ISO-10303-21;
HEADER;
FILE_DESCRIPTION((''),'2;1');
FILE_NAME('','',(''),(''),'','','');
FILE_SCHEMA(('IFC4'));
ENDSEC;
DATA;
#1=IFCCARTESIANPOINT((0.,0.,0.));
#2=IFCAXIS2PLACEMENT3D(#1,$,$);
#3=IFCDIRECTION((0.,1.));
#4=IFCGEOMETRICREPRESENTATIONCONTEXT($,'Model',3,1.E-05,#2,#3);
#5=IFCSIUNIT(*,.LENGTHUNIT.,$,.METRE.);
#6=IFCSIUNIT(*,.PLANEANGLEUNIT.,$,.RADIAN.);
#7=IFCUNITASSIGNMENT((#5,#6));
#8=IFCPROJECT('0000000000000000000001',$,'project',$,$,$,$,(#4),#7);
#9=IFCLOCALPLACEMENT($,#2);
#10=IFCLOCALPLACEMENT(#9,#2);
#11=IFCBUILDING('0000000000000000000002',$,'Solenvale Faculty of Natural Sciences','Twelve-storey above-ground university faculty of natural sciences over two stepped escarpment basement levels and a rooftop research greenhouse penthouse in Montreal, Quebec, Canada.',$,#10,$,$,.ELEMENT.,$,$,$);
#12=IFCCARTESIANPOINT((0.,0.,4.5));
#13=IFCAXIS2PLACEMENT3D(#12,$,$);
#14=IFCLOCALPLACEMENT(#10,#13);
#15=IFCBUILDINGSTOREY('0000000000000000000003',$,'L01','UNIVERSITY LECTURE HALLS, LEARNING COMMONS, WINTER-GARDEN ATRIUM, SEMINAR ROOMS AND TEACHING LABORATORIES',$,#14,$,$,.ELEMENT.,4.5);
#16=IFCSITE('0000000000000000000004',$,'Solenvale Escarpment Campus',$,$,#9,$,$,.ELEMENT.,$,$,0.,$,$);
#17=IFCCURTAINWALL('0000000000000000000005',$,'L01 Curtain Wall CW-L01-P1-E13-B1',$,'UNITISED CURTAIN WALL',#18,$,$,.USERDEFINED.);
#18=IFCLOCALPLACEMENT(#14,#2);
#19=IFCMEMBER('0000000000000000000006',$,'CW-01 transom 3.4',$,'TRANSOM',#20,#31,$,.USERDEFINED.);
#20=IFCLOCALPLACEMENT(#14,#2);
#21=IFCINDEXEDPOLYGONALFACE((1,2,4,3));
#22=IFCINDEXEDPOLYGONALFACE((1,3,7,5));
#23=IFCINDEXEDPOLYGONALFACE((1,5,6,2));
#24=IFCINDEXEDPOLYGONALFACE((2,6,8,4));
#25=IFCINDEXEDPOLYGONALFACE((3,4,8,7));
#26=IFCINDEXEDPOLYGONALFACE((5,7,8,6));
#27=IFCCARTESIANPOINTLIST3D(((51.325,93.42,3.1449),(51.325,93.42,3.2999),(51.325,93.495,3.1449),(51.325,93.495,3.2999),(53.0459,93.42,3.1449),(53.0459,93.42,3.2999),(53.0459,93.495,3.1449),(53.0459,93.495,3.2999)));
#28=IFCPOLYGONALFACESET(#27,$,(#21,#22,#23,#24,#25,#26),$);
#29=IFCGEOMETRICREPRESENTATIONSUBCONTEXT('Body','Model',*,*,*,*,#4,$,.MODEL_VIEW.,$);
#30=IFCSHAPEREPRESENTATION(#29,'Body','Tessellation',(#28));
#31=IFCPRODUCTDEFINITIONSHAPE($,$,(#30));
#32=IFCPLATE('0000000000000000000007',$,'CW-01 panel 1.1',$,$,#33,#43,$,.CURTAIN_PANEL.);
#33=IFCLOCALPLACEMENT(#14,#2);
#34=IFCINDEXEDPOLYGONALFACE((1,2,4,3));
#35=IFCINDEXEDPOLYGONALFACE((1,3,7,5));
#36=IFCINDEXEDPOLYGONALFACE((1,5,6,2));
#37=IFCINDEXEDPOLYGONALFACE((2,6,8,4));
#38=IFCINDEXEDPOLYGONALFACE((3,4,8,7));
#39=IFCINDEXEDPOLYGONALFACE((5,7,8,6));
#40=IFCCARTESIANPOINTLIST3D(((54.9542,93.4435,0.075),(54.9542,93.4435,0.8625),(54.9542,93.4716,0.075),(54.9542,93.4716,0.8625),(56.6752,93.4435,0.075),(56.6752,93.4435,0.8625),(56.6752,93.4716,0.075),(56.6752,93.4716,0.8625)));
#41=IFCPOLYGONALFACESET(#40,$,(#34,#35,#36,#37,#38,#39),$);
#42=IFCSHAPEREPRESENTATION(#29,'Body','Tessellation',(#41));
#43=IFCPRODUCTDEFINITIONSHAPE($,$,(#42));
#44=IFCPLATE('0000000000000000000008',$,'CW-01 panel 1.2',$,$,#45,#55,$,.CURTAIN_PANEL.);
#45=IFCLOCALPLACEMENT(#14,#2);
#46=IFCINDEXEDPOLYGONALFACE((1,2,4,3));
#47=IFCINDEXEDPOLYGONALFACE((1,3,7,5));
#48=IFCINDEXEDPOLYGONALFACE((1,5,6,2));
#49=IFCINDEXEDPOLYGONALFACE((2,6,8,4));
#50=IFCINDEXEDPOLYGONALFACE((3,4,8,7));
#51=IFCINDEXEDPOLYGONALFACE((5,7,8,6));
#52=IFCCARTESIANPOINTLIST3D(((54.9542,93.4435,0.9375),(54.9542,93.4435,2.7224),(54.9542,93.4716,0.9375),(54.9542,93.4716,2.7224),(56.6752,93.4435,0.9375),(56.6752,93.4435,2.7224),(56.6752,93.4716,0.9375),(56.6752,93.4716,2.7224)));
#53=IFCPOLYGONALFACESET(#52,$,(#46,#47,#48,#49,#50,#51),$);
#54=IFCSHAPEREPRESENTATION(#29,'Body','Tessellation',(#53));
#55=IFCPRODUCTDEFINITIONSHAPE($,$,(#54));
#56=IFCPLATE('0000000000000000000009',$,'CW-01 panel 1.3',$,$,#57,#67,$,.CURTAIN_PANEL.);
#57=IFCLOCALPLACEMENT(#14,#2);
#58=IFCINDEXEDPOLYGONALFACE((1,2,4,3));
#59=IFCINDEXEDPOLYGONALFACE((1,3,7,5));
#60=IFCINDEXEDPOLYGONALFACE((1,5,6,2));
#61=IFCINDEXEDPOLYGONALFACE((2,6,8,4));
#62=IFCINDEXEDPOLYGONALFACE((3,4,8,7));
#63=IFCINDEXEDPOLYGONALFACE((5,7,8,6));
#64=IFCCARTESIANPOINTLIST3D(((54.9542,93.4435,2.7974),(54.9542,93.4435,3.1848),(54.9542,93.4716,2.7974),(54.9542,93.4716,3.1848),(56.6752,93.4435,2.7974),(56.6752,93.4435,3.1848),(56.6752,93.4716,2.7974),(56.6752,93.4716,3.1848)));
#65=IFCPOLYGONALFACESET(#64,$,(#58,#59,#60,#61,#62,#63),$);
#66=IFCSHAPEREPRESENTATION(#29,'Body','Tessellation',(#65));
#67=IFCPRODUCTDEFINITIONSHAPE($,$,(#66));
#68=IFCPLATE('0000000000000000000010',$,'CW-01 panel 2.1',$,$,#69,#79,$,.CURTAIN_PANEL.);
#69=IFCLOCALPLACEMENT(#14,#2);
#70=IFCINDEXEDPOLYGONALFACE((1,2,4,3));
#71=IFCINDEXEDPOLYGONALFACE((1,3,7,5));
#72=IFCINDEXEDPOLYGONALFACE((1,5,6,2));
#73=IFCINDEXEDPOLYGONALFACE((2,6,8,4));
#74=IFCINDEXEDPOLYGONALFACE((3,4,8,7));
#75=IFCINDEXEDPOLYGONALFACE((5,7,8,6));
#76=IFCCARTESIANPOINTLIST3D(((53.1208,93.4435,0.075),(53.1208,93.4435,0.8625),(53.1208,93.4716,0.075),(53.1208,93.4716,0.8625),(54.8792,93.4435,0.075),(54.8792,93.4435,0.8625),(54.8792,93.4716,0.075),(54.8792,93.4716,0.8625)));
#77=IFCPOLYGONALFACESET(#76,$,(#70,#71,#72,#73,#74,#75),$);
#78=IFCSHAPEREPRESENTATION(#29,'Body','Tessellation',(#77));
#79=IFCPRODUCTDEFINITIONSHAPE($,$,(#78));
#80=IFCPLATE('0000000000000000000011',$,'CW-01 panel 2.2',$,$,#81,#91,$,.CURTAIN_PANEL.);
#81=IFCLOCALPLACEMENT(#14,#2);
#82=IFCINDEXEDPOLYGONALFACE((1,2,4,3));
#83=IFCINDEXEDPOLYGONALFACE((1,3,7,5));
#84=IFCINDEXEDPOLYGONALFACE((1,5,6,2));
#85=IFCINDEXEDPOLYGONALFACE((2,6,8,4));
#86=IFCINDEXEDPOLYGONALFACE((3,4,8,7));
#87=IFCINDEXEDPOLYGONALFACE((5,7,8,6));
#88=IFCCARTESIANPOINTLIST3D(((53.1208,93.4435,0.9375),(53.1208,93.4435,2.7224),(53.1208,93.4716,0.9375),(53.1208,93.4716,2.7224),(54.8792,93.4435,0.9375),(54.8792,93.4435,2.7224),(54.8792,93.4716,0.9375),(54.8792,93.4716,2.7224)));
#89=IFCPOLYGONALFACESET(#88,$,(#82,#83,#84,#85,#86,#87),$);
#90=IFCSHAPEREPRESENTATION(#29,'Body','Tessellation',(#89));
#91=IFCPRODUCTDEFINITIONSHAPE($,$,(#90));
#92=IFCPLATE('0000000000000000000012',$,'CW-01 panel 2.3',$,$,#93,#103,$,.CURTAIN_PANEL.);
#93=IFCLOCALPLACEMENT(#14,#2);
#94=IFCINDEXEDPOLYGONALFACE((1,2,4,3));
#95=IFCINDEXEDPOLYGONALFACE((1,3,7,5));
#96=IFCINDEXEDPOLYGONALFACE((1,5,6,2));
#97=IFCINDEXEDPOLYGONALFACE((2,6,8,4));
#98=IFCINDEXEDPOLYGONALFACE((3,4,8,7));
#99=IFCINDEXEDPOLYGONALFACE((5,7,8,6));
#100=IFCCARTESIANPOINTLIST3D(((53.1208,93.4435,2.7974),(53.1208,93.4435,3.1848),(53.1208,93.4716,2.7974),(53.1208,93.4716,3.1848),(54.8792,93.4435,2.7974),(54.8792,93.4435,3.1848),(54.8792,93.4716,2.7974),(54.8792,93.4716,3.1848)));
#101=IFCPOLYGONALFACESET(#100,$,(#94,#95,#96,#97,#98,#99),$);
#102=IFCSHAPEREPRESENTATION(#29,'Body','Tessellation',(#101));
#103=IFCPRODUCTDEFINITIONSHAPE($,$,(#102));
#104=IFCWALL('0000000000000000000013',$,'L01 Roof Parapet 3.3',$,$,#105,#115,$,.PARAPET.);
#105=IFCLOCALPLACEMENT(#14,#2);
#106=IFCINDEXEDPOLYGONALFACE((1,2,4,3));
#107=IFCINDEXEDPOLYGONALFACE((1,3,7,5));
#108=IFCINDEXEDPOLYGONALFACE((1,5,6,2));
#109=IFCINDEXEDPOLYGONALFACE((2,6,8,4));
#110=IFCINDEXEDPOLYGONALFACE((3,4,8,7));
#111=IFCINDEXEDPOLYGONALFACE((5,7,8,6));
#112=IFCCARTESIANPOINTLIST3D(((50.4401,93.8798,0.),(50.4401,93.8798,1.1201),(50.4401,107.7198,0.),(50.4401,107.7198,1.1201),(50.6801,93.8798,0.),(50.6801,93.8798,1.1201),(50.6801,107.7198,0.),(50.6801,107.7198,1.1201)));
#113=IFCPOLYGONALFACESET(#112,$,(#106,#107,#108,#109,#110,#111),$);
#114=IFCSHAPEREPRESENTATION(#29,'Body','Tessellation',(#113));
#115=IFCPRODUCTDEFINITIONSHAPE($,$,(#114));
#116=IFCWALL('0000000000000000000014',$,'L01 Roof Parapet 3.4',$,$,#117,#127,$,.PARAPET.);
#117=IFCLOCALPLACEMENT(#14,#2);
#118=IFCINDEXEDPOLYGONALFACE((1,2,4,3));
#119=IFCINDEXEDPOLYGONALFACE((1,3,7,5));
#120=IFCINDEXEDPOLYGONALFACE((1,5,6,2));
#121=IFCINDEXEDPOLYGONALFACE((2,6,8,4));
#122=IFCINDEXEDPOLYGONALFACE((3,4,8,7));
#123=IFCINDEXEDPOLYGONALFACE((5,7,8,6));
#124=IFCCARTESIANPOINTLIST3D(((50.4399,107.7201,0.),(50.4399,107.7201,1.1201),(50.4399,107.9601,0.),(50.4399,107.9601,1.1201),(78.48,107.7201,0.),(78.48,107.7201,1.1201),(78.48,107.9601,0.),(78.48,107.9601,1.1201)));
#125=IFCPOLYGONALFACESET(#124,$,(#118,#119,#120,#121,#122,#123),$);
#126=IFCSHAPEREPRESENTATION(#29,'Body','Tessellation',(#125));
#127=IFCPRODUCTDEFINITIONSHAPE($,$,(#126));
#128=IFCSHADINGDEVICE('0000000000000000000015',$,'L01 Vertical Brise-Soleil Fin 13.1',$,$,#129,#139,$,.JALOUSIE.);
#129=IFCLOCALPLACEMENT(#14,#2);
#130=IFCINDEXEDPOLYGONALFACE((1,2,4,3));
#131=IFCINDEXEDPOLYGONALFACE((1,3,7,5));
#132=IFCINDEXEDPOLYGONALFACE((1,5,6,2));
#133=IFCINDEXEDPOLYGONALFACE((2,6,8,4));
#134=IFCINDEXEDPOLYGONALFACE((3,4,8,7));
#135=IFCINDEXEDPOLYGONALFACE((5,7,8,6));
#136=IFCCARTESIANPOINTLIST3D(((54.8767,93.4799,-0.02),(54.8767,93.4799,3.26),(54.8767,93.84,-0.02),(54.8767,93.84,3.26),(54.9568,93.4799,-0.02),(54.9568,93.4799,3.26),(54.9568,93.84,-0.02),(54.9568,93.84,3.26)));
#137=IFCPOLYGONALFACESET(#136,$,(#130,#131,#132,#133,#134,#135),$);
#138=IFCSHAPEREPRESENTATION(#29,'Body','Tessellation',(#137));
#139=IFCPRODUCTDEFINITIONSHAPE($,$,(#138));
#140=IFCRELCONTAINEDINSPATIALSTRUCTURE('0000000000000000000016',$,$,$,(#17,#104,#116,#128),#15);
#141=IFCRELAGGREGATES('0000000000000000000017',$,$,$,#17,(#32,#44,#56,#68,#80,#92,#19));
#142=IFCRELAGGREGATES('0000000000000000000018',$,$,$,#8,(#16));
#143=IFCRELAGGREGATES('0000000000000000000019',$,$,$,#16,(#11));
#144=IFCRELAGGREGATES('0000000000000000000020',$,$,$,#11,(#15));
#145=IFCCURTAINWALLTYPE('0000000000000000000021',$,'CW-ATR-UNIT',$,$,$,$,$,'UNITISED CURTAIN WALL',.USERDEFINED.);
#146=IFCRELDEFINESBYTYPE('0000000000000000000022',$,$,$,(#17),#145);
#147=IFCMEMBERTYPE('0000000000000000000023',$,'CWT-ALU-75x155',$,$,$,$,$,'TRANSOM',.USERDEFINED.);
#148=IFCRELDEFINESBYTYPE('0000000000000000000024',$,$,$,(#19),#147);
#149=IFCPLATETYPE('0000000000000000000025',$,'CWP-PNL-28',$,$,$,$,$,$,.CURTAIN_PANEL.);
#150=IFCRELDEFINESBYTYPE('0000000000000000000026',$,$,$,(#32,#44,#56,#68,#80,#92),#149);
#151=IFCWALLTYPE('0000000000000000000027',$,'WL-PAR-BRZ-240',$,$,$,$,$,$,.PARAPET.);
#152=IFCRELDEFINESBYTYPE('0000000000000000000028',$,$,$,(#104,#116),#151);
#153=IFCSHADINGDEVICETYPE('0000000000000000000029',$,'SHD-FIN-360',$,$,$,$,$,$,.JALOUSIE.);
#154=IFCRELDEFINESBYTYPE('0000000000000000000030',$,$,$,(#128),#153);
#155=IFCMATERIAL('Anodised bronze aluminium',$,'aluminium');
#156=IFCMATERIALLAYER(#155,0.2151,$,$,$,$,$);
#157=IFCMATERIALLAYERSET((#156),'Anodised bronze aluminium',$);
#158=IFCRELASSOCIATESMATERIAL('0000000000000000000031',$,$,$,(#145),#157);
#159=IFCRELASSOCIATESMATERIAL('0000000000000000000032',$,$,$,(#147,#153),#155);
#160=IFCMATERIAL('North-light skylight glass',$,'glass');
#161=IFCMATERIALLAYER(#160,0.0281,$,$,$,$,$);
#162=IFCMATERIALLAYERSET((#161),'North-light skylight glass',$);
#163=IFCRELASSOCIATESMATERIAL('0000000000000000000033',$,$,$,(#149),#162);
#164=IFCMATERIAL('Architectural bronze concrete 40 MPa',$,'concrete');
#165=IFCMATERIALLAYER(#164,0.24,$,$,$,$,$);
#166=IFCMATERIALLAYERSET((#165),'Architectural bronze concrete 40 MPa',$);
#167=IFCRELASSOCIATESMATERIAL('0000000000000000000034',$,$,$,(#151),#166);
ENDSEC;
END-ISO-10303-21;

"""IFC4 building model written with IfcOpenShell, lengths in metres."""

from ifc_helpers import new_model, si_unit, direction, frame, frame_2d, origin, origin_2d, place, context, subcontext, project, spatial, rectangle, extrude, material, layer, layer_set, material_profile, profile_set, type_object, element, aggregate, save


model = new_model("IFC4")

# Units and contexts
model_context = context("Model", 3, precision=1e-05, world=origin(), true_north=direction((0.0, 1.0)))
body_context = subcontext(model_context, "Body", "Model", "MODEL_VIEW")
ifc_project = project(units=[si_unit("LENGTHUNIT", "METRE"), si_unit("PLANEANGLEUNIT", "RADIAN")], contexts=[model_context])

# Site, building, storey
site_placement = place(None, origin())
site = spatial("IfcSite", under=ifc_project, at=site_placement, Name="Solenvale Escarpment Campus", CompositionType="ELEMENT", RefElevation=0.0)
building_placement = place(site_placement, origin())
building = spatial("IfcBuilding", under=site, at=building_placement, Name="Solenvale Faculty of Natural Sciences", Description="Twelve-storey above-ground university faculty of natural sciences over two stepped escarpment basement levels and a rooftop research greenhouse penthouse in Montreal, Quebec, Canada.", CompositionType="ELEMENT")
storey_placement = place(building_placement, frame((0.0, 0.0, 4.5)))
storey = spatial("IfcBuildingStorey", under=building, at=storey_placement, Name="L01", Description="UNIVERSITY LECTURE HALLS, LEARNING COMMONS, WINTER-GARDEN ATRIUM, SEMINAR ROOMS AND TEACHING LABORATORIES", CompositionType="ELEMENT", Elevation=4.5)

# Curtain wall, member, plates
ifc_material_1 = material(Name="Anodised bronze aluminium", Category="aluminium")
ifc_layer_1 = layer(ifc_material_1, 0.2151)
ifc_layer_set_1 = layer_set([ifc_layer_1], Name="Anodised bronze aluminium")
curtain_wall_type = type_object("IfcCurtainWallType", Name="CW-ATR-UNIT", ElementType="UNITISED CURTAIN WALL", PredefinedType="USERDEFINED", material=ifc_layer_set_1)
curtain_wall_placement = place(storey_placement, origin())
curtain_wall = element("IfcCurtainWall", 1, at=curtain_wall_placement, inside=storey, type_object=curtain_wall_type, Name="L01 Curtain Wall CW-L01-P1-E13-B1", ObjectType="UNITISED CURTAIN WALL", PredefinedType="USERDEFINED")
ifc_material_profile_1 = material_profile(ifc_material_1, rectangle(XDim=0.075, YDim=0.155, at=origin_2d()), Name="ALU-TRN-75x155")
ifc_profile_set_1 = profile_set([ifc_material_profile_1], Name="Anodised bronze aluminium")
member_type_1 = type_object("IfcMemberType", Name="CWT-ALU-75x155", ElementType="TRANSOM", PredefinedType="USERDEFINED", material=ifc_profile_set_1)
member_1_placement = place(storey_placement, frame((53.0459, 93.4575, 3.2224), z_axis=(-1.0, 0.0, 0.0), x_axis=(0.0, -1.0, 0.0)))
member_1 = element("IfcMember", 2, at=member_1_placement, type_object=member_type_1, Name="CW-01 transom 3.4", ObjectType="TRANSOM", PredefinedType="USERDEFINED", context=body_context, shape_type="SweptSolid", body=[
    extrude(rectangle(XDim=0.075, YDim=0.155, at=origin_2d()), origin(), (0.0, 0.0, 1.0), 1.7209),
])
ifc_material_2 = material(Name="North-light skylight glass", Category="glass")
ifc_layer_2 = layer(ifc_material_2, 0.0281)
ifc_layer_set_2 = layer_set([ifc_layer_2], Name="North-light skylight glass")
plate_type = type_object("IfcPlateType", Name="CWP-PNL-28", PredefinedType="CURTAIN_PANEL", material=ifc_layer_set_2)
plate_1_placement = place(storey_placement, frame((55.8147, 93.4575, 0.075), z_axis=(0.0, 0.0, 1.0), x_axis=(-1.0, 0.0, 0.0)))
plate_1 = element("IfcPlate", 3, at=plate_1_placement, type_object=plate_type, Name="CW-01 panel 1.1", PredefinedType="CURTAIN_PANEL", context=body_context, shape_type="SweptSolid", body=[
    extrude(rectangle(XDim=1.7209, YDim=0.0281, at=origin_2d()), origin(), (0.0, 0.0, 1.0), 0.7876),
])
plate_2_placement = place(storey_placement, frame((55.8147, 93.4575, 0.9375), z_axis=(0.0, 0.0, 1.0), x_axis=(-1.0, 0.0, 0.0)))
plate_2 = element("IfcPlate", 4, at=plate_2_placement, type_object=plate_type, Name="CW-01 panel 1.2", PredefinedType="CURTAIN_PANEL", context=body_context, shape_type="SweptSolid", body=[
    extrude(rectangle(XDim=1.7209, YDim=0.0281, at=origin_2d()), origin(), (0.0, 0.0, 1.0), 1.7849),
])
plate_3_placement = place(storey_placement, frame((55.8147, 93.4575, 2.7974), z_axis=(0.0, 0.0, 1.0), x_axis=(-1.0, 0.0, 0.0)))
plate_3 = element("IfcPlate", 5, at=plate_3_placement, type_object=plate_type, Name="CW-01 panel 1.3", PredefinedType="CURTAIN_PANEL", context=body_context, shape_type="SweptSolid", body=[
    extrude(rectangle(XDim=1.7209, YDim=0.0281, at=origin_2d()), origin(), (0.0, 0.0, 1.0), 0.3875),
])
plate_4_placement = place(storey_placement, frame((54.0, 93.4575, 0.075), z_axis=(0.0, 0.0, 1.0), x_axis=(-1.0, 0.0, 0.0)))
plate_4 = element("IfcPlate", 6, at=plate_4_placement, type_object=plate_type, Name="CW-01 panel 2.1", PredefinedType="CURTAIN_PANEL", context=body_context, shape_type="SweptSolid", body=[
    extrude(rectangle(XDim=1.7583, YDim=0.0281, at=origin_2d()), origin(), (0.0, 0.0, 1.0), 0.7876),
])
plate_5_placement = place(storey_placement, frame((54.0, 93.4575, 0.9375), z_axis=(0.0, 0.0, 1.0), x_axis=(-1.0, 0.0, 0.0)))
plate_5 = element("IfcPlate", 7, at=plate_5_placement, type_object=plate_type, Name="CW-01 panel 2.2", PredefinedType="CURTAIN_PANEL", context=body_context, shape_type="SweptSolid", body=[
    extrude(rectangle(XDim=1.7583, YDim=0.0281, at=origin_2d()), origin(), (0.0, 0.0, 1.0), 1.7849),
])
plate_6_placement = place(storey_placement, frame((54.0, 93.4575, 2.7974), z_axis=(0.0, 0.0, 1.0), x_axis=(-1.0, 0.0, 0.0)))
plate_6 = element("IfcPlate", 8, at=plate_6_placement, type_object=plate_type, Name="CW-01 panel 2.3", PredefinedType="CURTAIN_PANEL", context=body_context, shape_type="SweptSolid", body=[
    extrude(rectangle(XDim=1.7583, YDim=0.0281, at=origin_2d()), origin(), (0.0, 0.0, 1.0), 0.3875),
])
aggregate(curtain_wall, [plate_1, plate_2, plate_3, plate_4, plate_5, plate_6, member_1])

# Walls
ifc_material_3 = material(Name="Architectural bronze concrete 40 MPa", Category="concrete")
ifc_layer_3 = layer(ifc_material_3, 0.24)
ifc_layer_set_3 = layer_set([ifc_layer_3], Name="Architectural bronze concrete 40 MPa")
wall_type = type_object("IfcWallType", Name="WL-PAR-BRZ-240", PredefinedType="PARAPET", material=ifc_layer_set_3)
wall_1_placement = place(storey_placement, frame((50.5601, 93.8799, 0.0), z_axis=(0.0, 0.0, 1.0), x_axis=(0.0, 1.0, 0.0)))
element("IfcWall", 9, at=wall_1_placement, inside=storey, type_object=wall_type, Name="L01 Roof Parapet 3.3", PredefinedType="PARAPET", context=body_context, shape_type="SweptSolid", body=[
    extrude(rectangle(XDim=13.8401, YDim=0.24, at=frame_2d((6.9199, 0.0))), origin(), (0.0, 0.0, 1.0), 1.1201),
])
wall_2_placement = place(storey_placement, frame((50.4399, 107.8401, 0.0), z_axis=(0.0, 0.0, 1.0), x_axis=(1.0, 0.0, 0.0)))
element("IfcWall", 10, at=wall_2_placement, inside=storey, type_object=wall_type, Name="L01 Roof Parapet 3.4", PredefinedType="PARAPET", context=body_context, shape_type="SweptSolid", body=[
    extrude(rectangle(XDim=28.04, YDim=0.24, at=frame_2d((14.02, 0.0))), origin(), (0.0, 0.0, 1.0), 1.1201),
])

# Shading device
ifc_material_profile_2 = material_profile(ifc_material_1, rectangle(XDim=0.0801, YDim=0.3601, at=origin_2d()), Name="ALU-FIN-80x360")
ifc_profile_set_2 = profile_set([ifc_material_profile_2], Name="Anodised bronze aluminium")
shading_device_type = type_object("IfcShadingDeviceType", Name="SHD-FIN-360", PredefinedType="JALOUSIE", material=ifc_profile_set_2)
shading_device_placement = place(storey_placement, frame((54.9167, 93.6599, -0.02), z_axis=(0.0, 0.0, 1.0), x_axis=(1.0, 0.0, 0.0)))
element("IfcShadingDevice", 11, at=shading_device_placement, inside=storey, type_object=shading_device_type, Name="L01 Vertical Brise-Soleil Fin 13.1", PredefinedType="JALOUSIE", context=body_context, shape_type="SweptSolid", body=[
    extrude(rectangle(XDim=0.0801, YDim=0.3601, at=origin_2d()), origin(), (0.0, 0.0, 1.0), 3.28),
])

save(model, "model.ifc")
